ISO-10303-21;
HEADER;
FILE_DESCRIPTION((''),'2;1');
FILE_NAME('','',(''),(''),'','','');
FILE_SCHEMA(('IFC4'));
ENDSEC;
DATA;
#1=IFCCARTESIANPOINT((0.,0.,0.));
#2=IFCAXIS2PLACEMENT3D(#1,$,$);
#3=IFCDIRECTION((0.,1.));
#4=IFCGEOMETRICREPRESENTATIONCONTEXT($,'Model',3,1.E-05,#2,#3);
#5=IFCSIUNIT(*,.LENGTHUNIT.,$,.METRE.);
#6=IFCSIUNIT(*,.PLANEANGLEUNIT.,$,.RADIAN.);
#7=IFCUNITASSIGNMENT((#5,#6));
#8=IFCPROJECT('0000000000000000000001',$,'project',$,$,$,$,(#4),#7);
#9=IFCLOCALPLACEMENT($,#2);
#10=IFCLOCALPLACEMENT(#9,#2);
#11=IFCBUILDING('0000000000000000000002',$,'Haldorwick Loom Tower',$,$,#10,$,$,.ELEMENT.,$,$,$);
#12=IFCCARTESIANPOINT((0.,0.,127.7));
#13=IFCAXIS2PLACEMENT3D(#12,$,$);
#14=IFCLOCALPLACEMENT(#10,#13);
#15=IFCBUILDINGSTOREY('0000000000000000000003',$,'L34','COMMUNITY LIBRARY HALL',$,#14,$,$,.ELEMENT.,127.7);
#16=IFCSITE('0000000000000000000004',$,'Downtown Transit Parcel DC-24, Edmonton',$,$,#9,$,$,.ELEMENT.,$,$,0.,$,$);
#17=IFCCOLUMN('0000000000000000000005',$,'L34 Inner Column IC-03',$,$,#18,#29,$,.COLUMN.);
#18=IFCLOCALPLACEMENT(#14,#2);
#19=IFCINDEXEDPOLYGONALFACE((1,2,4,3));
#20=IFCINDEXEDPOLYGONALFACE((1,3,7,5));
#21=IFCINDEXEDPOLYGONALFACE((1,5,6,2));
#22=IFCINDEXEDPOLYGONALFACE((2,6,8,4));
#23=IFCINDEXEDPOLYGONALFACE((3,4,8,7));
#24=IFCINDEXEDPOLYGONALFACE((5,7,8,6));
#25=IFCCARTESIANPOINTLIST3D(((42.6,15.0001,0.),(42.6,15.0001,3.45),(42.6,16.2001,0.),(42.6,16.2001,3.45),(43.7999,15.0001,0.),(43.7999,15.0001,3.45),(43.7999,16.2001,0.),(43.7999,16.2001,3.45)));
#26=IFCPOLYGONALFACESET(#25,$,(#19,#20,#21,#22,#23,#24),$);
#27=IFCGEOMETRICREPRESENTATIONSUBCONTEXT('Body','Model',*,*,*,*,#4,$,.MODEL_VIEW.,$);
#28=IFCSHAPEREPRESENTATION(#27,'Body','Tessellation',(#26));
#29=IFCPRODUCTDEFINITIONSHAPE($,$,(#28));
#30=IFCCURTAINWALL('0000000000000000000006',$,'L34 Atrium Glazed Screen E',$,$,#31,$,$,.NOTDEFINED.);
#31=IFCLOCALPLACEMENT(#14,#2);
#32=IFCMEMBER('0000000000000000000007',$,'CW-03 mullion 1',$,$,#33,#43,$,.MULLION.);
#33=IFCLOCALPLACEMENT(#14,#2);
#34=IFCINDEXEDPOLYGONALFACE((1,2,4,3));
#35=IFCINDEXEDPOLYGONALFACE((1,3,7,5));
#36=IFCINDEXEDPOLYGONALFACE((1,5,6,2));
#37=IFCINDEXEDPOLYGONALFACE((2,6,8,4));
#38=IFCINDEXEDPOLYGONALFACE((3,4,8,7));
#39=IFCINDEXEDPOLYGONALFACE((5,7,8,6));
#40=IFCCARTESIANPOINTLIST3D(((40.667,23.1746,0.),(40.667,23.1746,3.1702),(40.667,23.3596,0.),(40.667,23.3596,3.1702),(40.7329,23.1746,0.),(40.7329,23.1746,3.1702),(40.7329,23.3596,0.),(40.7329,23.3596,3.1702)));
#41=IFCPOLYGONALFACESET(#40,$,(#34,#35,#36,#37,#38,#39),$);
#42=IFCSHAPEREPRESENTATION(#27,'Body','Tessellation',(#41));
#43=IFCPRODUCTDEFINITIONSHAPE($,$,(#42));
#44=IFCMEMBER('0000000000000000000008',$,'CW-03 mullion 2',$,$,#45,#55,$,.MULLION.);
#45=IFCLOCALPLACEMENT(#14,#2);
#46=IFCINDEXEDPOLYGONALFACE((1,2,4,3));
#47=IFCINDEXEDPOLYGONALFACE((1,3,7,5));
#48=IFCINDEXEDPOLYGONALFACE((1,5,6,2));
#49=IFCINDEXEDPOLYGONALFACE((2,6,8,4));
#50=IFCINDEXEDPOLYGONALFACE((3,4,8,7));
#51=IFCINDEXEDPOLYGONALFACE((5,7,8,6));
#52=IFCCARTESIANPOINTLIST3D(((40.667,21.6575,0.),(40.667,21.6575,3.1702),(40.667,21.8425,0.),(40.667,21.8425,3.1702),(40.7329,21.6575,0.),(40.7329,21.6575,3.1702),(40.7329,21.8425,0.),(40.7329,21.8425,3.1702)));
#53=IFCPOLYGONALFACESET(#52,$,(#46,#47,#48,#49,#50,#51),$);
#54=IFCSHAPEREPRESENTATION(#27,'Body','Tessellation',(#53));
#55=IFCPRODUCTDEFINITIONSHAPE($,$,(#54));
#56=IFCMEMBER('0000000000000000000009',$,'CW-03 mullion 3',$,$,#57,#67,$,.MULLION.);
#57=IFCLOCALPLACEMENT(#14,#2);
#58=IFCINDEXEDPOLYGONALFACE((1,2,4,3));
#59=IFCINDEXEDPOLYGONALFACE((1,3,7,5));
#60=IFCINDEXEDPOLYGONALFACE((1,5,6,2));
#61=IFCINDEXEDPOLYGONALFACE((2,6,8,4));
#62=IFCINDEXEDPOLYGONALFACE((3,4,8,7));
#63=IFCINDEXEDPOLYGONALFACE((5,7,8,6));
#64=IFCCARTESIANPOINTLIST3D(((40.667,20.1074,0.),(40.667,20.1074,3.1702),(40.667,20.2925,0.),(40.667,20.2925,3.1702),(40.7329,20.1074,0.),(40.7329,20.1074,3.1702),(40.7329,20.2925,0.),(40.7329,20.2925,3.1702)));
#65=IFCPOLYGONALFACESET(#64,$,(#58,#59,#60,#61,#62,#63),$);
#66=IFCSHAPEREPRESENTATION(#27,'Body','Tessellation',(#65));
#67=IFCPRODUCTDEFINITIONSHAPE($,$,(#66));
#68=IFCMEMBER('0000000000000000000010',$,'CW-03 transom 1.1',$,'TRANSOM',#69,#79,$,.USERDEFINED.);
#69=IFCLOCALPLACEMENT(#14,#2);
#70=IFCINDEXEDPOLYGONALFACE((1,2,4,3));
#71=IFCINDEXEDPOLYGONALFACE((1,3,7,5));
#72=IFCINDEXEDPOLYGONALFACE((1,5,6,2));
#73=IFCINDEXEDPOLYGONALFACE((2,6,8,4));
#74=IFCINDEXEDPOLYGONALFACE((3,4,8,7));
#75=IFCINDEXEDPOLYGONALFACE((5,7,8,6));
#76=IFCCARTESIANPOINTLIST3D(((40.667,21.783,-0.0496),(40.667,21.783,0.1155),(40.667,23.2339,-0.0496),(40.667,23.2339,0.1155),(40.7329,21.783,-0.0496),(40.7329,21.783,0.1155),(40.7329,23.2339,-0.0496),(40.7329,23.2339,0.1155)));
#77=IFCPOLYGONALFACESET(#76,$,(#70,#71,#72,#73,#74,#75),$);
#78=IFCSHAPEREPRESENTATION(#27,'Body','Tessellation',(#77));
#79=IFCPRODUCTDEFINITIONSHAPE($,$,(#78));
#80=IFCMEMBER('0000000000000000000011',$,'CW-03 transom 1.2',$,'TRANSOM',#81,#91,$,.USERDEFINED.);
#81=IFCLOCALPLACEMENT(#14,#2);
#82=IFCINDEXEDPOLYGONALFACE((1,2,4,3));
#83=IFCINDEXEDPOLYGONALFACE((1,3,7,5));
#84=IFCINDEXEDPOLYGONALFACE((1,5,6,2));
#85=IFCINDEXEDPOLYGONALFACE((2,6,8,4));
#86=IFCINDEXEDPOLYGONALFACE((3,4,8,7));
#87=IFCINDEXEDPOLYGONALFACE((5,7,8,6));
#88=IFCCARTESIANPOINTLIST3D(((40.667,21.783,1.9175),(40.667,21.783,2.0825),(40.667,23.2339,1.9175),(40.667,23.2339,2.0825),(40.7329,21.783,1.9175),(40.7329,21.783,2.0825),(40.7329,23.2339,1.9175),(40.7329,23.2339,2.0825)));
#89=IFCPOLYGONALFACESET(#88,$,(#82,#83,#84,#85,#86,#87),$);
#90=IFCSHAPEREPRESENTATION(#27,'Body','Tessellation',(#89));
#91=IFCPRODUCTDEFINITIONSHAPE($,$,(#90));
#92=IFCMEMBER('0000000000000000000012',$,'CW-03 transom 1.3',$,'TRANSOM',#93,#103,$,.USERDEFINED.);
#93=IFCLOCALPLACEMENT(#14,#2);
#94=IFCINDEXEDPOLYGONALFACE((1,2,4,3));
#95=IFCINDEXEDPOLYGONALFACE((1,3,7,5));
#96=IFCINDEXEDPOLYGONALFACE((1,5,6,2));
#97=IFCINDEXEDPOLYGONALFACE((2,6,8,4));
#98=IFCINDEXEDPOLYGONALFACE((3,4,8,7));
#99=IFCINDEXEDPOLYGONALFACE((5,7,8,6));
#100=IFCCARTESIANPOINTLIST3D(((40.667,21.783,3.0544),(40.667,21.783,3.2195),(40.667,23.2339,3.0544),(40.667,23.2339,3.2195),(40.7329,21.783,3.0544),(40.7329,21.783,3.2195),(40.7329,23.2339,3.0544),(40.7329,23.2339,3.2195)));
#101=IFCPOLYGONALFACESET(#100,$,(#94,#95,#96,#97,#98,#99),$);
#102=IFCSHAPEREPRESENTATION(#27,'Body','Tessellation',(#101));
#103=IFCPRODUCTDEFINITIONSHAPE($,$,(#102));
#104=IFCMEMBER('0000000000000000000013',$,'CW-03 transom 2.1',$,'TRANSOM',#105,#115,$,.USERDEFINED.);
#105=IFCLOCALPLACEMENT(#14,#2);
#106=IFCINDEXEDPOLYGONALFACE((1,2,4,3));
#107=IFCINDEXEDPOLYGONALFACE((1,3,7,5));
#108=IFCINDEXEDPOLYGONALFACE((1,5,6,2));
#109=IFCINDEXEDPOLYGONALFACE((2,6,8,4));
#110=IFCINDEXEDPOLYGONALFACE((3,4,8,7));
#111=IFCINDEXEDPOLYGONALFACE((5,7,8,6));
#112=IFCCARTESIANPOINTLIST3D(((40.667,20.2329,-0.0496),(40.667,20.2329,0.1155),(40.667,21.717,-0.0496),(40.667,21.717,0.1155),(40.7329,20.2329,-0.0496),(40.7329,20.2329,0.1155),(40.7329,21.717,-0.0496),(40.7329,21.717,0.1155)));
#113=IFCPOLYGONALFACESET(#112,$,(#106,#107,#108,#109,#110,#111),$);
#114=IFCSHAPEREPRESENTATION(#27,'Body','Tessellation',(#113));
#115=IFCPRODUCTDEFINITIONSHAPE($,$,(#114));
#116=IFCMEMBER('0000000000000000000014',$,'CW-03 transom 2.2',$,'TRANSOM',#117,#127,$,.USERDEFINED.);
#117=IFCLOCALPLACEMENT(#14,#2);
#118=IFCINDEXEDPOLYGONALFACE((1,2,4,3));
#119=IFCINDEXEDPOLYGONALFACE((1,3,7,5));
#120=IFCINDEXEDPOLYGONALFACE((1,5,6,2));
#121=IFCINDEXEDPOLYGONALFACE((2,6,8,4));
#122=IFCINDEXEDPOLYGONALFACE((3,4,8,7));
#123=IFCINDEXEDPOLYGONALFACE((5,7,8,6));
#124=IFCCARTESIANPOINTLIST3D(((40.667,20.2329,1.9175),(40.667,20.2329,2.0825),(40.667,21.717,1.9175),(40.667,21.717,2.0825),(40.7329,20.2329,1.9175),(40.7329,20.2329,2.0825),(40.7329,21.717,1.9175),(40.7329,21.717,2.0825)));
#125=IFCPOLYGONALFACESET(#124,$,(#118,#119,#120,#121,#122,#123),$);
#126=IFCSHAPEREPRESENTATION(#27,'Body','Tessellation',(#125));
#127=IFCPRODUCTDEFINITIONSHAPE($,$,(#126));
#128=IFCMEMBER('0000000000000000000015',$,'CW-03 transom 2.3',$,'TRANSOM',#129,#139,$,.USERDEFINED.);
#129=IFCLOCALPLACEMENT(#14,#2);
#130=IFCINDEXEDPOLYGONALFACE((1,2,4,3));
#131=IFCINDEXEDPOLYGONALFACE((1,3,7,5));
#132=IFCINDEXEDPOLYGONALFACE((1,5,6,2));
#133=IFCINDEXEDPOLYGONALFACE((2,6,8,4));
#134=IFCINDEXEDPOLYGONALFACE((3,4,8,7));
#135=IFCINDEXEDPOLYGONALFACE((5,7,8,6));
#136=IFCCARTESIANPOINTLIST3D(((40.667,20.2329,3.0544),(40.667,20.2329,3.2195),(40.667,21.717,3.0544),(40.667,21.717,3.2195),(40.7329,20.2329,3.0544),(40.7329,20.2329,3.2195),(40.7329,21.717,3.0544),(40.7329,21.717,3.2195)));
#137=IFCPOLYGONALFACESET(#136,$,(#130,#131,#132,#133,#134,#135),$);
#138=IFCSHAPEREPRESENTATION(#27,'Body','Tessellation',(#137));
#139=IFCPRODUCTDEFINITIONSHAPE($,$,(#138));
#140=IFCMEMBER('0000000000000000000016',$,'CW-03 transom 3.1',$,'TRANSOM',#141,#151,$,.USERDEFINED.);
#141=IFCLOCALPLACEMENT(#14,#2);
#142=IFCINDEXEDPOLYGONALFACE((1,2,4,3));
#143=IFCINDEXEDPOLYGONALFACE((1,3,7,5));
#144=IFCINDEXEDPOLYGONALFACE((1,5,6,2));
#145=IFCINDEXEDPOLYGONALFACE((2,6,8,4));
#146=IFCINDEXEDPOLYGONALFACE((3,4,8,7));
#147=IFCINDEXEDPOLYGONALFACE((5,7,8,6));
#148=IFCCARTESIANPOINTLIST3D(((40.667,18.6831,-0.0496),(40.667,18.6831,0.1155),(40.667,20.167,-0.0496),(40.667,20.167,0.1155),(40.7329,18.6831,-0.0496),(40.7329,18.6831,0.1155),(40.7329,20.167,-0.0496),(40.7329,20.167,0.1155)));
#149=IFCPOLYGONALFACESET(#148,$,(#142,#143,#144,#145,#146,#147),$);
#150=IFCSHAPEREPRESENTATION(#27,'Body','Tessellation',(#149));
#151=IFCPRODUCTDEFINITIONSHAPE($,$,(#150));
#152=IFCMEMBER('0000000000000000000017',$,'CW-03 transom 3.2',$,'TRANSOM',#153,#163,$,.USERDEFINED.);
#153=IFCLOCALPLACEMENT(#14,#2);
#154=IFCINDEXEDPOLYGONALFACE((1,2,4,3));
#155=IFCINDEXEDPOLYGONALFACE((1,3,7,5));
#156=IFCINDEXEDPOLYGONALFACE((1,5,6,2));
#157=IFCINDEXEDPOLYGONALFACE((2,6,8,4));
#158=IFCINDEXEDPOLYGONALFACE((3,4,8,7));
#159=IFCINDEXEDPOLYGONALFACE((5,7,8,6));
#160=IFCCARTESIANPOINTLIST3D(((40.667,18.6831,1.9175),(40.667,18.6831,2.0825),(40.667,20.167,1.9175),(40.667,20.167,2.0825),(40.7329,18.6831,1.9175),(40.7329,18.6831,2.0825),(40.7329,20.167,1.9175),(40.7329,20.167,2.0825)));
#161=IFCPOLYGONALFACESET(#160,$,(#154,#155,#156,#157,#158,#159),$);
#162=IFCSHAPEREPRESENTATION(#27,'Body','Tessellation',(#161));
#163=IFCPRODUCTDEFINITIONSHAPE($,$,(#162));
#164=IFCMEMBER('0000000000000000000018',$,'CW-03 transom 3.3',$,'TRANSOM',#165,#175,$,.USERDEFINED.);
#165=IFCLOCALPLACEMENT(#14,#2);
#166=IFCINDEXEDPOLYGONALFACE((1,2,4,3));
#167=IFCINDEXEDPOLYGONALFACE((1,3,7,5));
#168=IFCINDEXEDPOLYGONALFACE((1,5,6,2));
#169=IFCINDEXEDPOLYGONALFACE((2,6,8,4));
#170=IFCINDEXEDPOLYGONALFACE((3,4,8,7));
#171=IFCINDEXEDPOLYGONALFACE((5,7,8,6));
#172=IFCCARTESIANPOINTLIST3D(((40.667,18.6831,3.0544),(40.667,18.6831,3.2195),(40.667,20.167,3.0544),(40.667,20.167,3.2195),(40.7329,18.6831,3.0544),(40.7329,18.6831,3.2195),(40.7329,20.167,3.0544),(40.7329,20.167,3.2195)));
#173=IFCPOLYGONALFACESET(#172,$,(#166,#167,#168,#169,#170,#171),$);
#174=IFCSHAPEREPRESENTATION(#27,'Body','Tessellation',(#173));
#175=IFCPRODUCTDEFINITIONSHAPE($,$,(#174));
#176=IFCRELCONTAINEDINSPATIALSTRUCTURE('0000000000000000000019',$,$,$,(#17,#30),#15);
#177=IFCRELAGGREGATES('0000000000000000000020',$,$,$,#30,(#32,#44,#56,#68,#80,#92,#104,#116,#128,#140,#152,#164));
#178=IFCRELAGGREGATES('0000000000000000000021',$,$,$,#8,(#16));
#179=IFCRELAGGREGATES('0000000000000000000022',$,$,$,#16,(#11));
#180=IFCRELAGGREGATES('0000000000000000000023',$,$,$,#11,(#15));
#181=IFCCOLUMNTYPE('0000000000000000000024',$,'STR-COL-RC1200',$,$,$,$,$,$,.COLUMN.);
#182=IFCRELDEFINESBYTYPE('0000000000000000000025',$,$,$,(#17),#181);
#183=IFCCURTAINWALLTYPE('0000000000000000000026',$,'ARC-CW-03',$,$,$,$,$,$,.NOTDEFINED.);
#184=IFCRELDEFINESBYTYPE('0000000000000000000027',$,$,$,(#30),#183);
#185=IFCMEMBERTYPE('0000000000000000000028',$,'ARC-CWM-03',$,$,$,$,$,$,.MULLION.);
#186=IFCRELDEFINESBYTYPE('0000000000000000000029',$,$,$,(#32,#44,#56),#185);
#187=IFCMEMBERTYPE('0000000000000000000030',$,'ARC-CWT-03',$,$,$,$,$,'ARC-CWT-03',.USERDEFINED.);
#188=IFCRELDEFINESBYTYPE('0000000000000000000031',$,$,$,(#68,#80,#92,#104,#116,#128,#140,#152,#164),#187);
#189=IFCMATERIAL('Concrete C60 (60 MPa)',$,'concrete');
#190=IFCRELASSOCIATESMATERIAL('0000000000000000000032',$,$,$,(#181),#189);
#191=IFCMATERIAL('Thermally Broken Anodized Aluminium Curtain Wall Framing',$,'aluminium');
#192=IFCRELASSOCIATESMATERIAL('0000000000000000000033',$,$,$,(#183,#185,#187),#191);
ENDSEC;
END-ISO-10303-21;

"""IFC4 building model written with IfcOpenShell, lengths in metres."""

from ifc_helpers import new_model, si_unit, direction, frame, origin, origin_2d, place, context, subcontext, project, spatial, rectangle, extrude, material, material_profile, profile_set, type_object, element, aggregate, save


model = new_model("IFC4")

# Units and contexts
model_context = context("Model", 3, precision=1e-05, world=origin(), true_north=direction((0.0, 1.0)))
body_context = subcontext(model_context, "Body", "Model", "MODEL_VIEW")
ifc_project = project(units=[si_unit("LENGTHUNIT", "METRE"), si_unit("PLANEANGLEUNIT", "RADIAN")], contexts=[model_context])

# Site, building, storey
site_placement = place(None, origin())
site = spatial("IfcSite", under=ifc_project, at=site_placement, Name="Downtown Transit Parcel DC-24, Edmonton", CompositionType="ELEMENT", RefElevation=0.0)
building_placement = place(site_placement, origin())
building = spatial("IfcBuilding", under=site, at=building_placement, Name="Haldorwick Loom Tower", CompositionType="ELEMENT")
storey_placement = place(building_placement, frame((0.0, 0.0, 127.7)))
storey = spatial("IfcBuildingStorey", under=building, at=storey_placement, Name="L34", Description="COMMUNITY LIBRARY HALL", CompositionType="ELEMENT", Elevation=127.7)

# Column
ifc_material_1 = material(Name="Concrete C60 (60 MPa)", Category="concrete")
ifc_material_profile_1 = material_profile(ifc_material_1, rectangle(XDim=1.2, YDim=1.2, at=origin_2d()), Name="RC1200X1200", Category="concrete")
ifc_profile_set_1 = profile_set([ifc_material_profile_1], Name="Concrete C60 (60 MPa)")
column_type = type_object("IfcColumnType", Name="STR-COL-RC1200", PredefinedType="COLUMN", material=ifc_profile_set_1)
column_placement = place(storey_placement, frame((43.2, 15.6001, 0.0), z_axis=(0.0, 0.0, 1.0), x_axis=(1.0, 0.0, 0.0)))
element("IfcColumn", 1, at=column_placement, inside=storey, type_object=column_type, Name="L34 Inner Column IC-03", PredefinedType="COLUMN", context=body_context, shape_type="SweptSolid", body=[
    extrude(rectangle(XDim=1.2, YDim=1.2, at=origin_2d()), origin(), (0.0, 0.0, 1.0), 3.45),
])

# Curtain wall, members
ifc_material_2 = material(Name="Thermally Broken Anodized Aluminium Curtain Wall Framing", Category="aluminium")
curtain_wall_type = type_object("IfcCurtainWallType", Name="ARC-CW-03", PredefinedType="NOTDEFINED", material=ifc_material_2)
curtain_wall_placement = place(storey_placement, origin())
curtain_wall = element("IfcCurtainWall", 2, at=curtain_wall_placement, inside=storey, type_object=curtain_wall_type, Name="L34 Atrium Glazed Screen E", PredefinedType="NOTDEFINED")
ifc_material_profile_2 = material_profile(ifc_material_2, rectangle(XDim=0.0659, YDim=0.1851, at=origin_2d()), Name="ALU_MUL_66X185", Category="aluminium")
ifc_profile_set_2 = profile_set([ifc_material_profile_2], Name="Thermally Broken Anodized Aluminium Curtain Wall Framing")
member_type_1 = type_object("IfcMemberType", Name="ARC-CWM-03", PredefinedType="MULLION", material=ifc_profile_set_2)
member_1_placement = place(storey_placement, frame((40.7, 23.2671, 0.0), z_axis=(0.0, 0.0, 1.0), x_axis=(1.0, 0.0, 0.0)))
member_1 = element("IfcMember", 3, at=member_1_placement, type_object=member_type_1, Name="CW-03 mullion 1", PredefinedType="MULLION", context=body_context, shape_type="SweptSolid", body=[
    extrude(rectangle(XDim=0.0659, YDim=0.1851, at=origin_2d()), origin(), (0.0, 0.0, 1.0), 3.1702),
])
member_2_placement = place(storey_placement, frame((40.7, 21.75, 0.0), z_axis=(0.0, 0.0, 1.0), x_axis=(1.0, 0.0, 0.0)))
member_2 = element("IfcMember", 4, at=member_2_placement, type_object=member_type_1, Name="CW-03 mullion 2", PredefinedType="MULLION", context=body_context, shape_type="SweptSolid", body=[
    extrude(rectangle(XDim=0.0659, YDim=0.1851, at=origin_2d()), origin(), (0.0, 0.0, 1.0), 3.1702),
])
member_3_placement = place(storey_placement, frame((40.7, 20.2, 0.0), z_axis=(0.0, 0.0, 1.0), x_axis=(1.0, 0.0, 0.0)))
member_3 = element("IfcMember", 5, at=member_3_placement, type_object=member_type_1, Name="CW-03 mullion 3", PredefinedType="MULLION", context=body_context, shape_type="SweptSolid", body=[
    extrude(rectangle(XDim=0.0659, YDim=0.1851, at=origin_2d()), origin(), (0.0, 0.0, 1.0), 3.1702),
])
ifc_material_profile_3 = material_profile(ifc_material_2, rectangle(XDim=0.0659, YDim=0.165, at=origin_2d()), Name="ALU_TRN_66X165", Category="aluminium")
ifc_profile_set_3 = profile_set([ifc_material_profile_3], Name="Thermally Broken Anodized Aluminium Curtain Wall Framing")
member_type_2 = type_object("IfcMemberType", Name="ARC-CWT-03", ElementType="ARC-CWT-03", PredefinedType="USERDEFINED", material=ifc_profile_set_3)
member_4_placement = place(storey_placement, frame((40.7, 23.2339, 0.033), z_axis=(0.0, -1.0, 0.0), x_axis=(1.0, 0.0, 0.0)))
member_4 = element("IfcMember", 6, at=member_4_placement, type_object=member_type_2, Name="CW-03 transom 1.1", ObjectType="TRANSOM", PredefinedType="USERDEFINED", context=body_context, shape_type="SweptSolid", body=[
    extrude(rectangle(XDim=0.0659, YDim=0.165, at=origin_2d()), origin(), (0.0, 0.0, 1.0), 1.4509),
])
member_5_placement = place(storey_placement, frame((40.7, 23.2339, 2.0), z_axis=(0.0, -1.0, 0.0), x_axis=(1.0, 0.0, 0.0)))
member_5 = element("IfcMember", 7, at=member_5_placement, type_object=member_type_2, Name="CW-03 transom 1.2", ObjectType="TRANSOM", PredefinedType="USERDEFINED", context=body_context, shape_type="SweptSolid", body=[
    extrude(rectangle(XDim=0.0659, YDim=0.165, at=origin_2d()), origin(), (0.0, 0.0, 1.0), 1.4509),
])
member_6_placement = place(storey_placement, frame((40.7, 23.2339, 3.137), z_axis=(0.0, -1.0, 0.0), x_axis=(1.0, 0.0, 0.0)))
member_6 = element("IfcMember", 8, at=member_6_placement, type_object=member_type_2, Name="CW-03 transom 1.3", ObjectType="TRANSOM", PredefinedType="USERDEFINED", context=body_context, shape_type="SweptSolid", body=[
    extrude(rectangle(XDim=0.0659, YDim=0.165, at=origin_2d()), origin(), (0.0, 0.0, 1.0), 1.4509),
])
member_7_placement = place(storey_placement, frame((40.7, 21.717, 0.033), z_axis=(0.0, -1.0, 0.0), x_axis=(1.0, 0.0, 0.0)))
member_7 = element("IfcMember", 9, at=member_7_placement, type_object=member_type_2, Name="CW-03 transom 2.1", ObjectType="TRANSOM", PredefinedType="USERDEFINED", context=body_context, shape_type="SweptSolid", body=[
    extrude(rectangle(XDim=0.0659, YDim=0.165, at=origin_2d()), origin(), (0.0, 0.0, 1.0), 1.4841),
])
member_8_placement = place(storey_placement, frame((40.7, 21.717, 2.0), z_axis=(0.0, -1.0, 0.0), x_axis=(1.0, 0.0, 0.0)))
member_8 = element("IfcMember", 10, at=member_8_placement, type_object=member_type_2, Name="CW-03 transom 2.2", ObjectType="TRANSOM", PredefinedType="USERDEFINED", context=body_context, shape_type="SweptSolid", body=[
    extrude(rectangle(XDim=0.0659, YDim=0.165, at=origin_2d()), origin(), (0.0, 0.0, 1.0), 1.4841),
])
member_9_placement = place(storey_placement, frame((40.7, 21.717, 3.137), z_axis=(0.0, -1.0, 0.0), x_axis=(1.0, 0.0, 0.0)))
member_9 = element("IfcMember", 11, at=member_9_placement, type_object=member_type_2, Name="CW-03 transom 2.3", ObjectType="TRANSOM", PredefinedType="USERDEFINED", context=body_context, shape_type="SweptSolid", body=[
    extrude(rectangle(XDim=0.0659, YDim=0.165, at=origin_2d()), origin(), (0.0, 0.0, 1.0), 1.4841),
])
member_10_placement = place(storey_placement, frame((40.7, 20.167, 0.033), z_axis=(0.0, -1.0, 0.0), x_axis=(1.0, 0.0, 0.0)))
member_10 = element("IfcMember", 12, at=member_10_placement, type_object=member_type_2, Name="CW-03 transom 3.1", ObjectType="TRANSOM", PredefinedType="USERDEFINED", context=body_context, shape_type="SweptSolid", body=[
    extrude(rectangle(XDim=0.0659, YDim=0.165, at=origin_2d()), origin(), (0.0, 0.0, 1.0), 1.4839),
])
member_11_placement = place(storey_placement, frame((40.7, 20.167, 2.0), z_axis=(0.0, -1.0, 0.0), x_axis=(1.0, 0.0, 0.0)))
member_11 = element("IfcMember", 13, at=member_11_placement, type_object=member_type_2, Name="CW-03 transom 3.2", ObjectType="TRANSOM", PredefinedType="USERDEFINED", context=body_context, shape_type="SweptSolid", body=[
    extrude(rectangle(XDim=0.0659, YDim=0.165, at=origin_2d()), origin(), (0.0, 0.0, 1.0), 1.4839),
])
member_12_placement = place(storey_placement, frame((40.7, 20.167, 3.137), z_axis=(0.0, -1.0, 0.0), x_axis=(1.0, 0.0, 0.0)))
member_12 = element("IfcMember", 14, at=member_12_placement, type_object=member_type_2, Name="CW-03 transom 3.3", ObjectType="TRANSOM", PredefinedType="USERDEFINED", context=body_context, shape_type="SweptSolid", body=[
    extrude(rectangle(XDim=0.0659, YDim=0.165, at=origin_2d()), origin(), (0.0, 0.0, 1.0), 1.4839),
])

aggregate(curtain_wall, [member_1, member_2, member_3, member_4, member_5, member_6, member_7, member_8, member_9, member_10, member_11, member_12])

save(model, "model.ifc")
